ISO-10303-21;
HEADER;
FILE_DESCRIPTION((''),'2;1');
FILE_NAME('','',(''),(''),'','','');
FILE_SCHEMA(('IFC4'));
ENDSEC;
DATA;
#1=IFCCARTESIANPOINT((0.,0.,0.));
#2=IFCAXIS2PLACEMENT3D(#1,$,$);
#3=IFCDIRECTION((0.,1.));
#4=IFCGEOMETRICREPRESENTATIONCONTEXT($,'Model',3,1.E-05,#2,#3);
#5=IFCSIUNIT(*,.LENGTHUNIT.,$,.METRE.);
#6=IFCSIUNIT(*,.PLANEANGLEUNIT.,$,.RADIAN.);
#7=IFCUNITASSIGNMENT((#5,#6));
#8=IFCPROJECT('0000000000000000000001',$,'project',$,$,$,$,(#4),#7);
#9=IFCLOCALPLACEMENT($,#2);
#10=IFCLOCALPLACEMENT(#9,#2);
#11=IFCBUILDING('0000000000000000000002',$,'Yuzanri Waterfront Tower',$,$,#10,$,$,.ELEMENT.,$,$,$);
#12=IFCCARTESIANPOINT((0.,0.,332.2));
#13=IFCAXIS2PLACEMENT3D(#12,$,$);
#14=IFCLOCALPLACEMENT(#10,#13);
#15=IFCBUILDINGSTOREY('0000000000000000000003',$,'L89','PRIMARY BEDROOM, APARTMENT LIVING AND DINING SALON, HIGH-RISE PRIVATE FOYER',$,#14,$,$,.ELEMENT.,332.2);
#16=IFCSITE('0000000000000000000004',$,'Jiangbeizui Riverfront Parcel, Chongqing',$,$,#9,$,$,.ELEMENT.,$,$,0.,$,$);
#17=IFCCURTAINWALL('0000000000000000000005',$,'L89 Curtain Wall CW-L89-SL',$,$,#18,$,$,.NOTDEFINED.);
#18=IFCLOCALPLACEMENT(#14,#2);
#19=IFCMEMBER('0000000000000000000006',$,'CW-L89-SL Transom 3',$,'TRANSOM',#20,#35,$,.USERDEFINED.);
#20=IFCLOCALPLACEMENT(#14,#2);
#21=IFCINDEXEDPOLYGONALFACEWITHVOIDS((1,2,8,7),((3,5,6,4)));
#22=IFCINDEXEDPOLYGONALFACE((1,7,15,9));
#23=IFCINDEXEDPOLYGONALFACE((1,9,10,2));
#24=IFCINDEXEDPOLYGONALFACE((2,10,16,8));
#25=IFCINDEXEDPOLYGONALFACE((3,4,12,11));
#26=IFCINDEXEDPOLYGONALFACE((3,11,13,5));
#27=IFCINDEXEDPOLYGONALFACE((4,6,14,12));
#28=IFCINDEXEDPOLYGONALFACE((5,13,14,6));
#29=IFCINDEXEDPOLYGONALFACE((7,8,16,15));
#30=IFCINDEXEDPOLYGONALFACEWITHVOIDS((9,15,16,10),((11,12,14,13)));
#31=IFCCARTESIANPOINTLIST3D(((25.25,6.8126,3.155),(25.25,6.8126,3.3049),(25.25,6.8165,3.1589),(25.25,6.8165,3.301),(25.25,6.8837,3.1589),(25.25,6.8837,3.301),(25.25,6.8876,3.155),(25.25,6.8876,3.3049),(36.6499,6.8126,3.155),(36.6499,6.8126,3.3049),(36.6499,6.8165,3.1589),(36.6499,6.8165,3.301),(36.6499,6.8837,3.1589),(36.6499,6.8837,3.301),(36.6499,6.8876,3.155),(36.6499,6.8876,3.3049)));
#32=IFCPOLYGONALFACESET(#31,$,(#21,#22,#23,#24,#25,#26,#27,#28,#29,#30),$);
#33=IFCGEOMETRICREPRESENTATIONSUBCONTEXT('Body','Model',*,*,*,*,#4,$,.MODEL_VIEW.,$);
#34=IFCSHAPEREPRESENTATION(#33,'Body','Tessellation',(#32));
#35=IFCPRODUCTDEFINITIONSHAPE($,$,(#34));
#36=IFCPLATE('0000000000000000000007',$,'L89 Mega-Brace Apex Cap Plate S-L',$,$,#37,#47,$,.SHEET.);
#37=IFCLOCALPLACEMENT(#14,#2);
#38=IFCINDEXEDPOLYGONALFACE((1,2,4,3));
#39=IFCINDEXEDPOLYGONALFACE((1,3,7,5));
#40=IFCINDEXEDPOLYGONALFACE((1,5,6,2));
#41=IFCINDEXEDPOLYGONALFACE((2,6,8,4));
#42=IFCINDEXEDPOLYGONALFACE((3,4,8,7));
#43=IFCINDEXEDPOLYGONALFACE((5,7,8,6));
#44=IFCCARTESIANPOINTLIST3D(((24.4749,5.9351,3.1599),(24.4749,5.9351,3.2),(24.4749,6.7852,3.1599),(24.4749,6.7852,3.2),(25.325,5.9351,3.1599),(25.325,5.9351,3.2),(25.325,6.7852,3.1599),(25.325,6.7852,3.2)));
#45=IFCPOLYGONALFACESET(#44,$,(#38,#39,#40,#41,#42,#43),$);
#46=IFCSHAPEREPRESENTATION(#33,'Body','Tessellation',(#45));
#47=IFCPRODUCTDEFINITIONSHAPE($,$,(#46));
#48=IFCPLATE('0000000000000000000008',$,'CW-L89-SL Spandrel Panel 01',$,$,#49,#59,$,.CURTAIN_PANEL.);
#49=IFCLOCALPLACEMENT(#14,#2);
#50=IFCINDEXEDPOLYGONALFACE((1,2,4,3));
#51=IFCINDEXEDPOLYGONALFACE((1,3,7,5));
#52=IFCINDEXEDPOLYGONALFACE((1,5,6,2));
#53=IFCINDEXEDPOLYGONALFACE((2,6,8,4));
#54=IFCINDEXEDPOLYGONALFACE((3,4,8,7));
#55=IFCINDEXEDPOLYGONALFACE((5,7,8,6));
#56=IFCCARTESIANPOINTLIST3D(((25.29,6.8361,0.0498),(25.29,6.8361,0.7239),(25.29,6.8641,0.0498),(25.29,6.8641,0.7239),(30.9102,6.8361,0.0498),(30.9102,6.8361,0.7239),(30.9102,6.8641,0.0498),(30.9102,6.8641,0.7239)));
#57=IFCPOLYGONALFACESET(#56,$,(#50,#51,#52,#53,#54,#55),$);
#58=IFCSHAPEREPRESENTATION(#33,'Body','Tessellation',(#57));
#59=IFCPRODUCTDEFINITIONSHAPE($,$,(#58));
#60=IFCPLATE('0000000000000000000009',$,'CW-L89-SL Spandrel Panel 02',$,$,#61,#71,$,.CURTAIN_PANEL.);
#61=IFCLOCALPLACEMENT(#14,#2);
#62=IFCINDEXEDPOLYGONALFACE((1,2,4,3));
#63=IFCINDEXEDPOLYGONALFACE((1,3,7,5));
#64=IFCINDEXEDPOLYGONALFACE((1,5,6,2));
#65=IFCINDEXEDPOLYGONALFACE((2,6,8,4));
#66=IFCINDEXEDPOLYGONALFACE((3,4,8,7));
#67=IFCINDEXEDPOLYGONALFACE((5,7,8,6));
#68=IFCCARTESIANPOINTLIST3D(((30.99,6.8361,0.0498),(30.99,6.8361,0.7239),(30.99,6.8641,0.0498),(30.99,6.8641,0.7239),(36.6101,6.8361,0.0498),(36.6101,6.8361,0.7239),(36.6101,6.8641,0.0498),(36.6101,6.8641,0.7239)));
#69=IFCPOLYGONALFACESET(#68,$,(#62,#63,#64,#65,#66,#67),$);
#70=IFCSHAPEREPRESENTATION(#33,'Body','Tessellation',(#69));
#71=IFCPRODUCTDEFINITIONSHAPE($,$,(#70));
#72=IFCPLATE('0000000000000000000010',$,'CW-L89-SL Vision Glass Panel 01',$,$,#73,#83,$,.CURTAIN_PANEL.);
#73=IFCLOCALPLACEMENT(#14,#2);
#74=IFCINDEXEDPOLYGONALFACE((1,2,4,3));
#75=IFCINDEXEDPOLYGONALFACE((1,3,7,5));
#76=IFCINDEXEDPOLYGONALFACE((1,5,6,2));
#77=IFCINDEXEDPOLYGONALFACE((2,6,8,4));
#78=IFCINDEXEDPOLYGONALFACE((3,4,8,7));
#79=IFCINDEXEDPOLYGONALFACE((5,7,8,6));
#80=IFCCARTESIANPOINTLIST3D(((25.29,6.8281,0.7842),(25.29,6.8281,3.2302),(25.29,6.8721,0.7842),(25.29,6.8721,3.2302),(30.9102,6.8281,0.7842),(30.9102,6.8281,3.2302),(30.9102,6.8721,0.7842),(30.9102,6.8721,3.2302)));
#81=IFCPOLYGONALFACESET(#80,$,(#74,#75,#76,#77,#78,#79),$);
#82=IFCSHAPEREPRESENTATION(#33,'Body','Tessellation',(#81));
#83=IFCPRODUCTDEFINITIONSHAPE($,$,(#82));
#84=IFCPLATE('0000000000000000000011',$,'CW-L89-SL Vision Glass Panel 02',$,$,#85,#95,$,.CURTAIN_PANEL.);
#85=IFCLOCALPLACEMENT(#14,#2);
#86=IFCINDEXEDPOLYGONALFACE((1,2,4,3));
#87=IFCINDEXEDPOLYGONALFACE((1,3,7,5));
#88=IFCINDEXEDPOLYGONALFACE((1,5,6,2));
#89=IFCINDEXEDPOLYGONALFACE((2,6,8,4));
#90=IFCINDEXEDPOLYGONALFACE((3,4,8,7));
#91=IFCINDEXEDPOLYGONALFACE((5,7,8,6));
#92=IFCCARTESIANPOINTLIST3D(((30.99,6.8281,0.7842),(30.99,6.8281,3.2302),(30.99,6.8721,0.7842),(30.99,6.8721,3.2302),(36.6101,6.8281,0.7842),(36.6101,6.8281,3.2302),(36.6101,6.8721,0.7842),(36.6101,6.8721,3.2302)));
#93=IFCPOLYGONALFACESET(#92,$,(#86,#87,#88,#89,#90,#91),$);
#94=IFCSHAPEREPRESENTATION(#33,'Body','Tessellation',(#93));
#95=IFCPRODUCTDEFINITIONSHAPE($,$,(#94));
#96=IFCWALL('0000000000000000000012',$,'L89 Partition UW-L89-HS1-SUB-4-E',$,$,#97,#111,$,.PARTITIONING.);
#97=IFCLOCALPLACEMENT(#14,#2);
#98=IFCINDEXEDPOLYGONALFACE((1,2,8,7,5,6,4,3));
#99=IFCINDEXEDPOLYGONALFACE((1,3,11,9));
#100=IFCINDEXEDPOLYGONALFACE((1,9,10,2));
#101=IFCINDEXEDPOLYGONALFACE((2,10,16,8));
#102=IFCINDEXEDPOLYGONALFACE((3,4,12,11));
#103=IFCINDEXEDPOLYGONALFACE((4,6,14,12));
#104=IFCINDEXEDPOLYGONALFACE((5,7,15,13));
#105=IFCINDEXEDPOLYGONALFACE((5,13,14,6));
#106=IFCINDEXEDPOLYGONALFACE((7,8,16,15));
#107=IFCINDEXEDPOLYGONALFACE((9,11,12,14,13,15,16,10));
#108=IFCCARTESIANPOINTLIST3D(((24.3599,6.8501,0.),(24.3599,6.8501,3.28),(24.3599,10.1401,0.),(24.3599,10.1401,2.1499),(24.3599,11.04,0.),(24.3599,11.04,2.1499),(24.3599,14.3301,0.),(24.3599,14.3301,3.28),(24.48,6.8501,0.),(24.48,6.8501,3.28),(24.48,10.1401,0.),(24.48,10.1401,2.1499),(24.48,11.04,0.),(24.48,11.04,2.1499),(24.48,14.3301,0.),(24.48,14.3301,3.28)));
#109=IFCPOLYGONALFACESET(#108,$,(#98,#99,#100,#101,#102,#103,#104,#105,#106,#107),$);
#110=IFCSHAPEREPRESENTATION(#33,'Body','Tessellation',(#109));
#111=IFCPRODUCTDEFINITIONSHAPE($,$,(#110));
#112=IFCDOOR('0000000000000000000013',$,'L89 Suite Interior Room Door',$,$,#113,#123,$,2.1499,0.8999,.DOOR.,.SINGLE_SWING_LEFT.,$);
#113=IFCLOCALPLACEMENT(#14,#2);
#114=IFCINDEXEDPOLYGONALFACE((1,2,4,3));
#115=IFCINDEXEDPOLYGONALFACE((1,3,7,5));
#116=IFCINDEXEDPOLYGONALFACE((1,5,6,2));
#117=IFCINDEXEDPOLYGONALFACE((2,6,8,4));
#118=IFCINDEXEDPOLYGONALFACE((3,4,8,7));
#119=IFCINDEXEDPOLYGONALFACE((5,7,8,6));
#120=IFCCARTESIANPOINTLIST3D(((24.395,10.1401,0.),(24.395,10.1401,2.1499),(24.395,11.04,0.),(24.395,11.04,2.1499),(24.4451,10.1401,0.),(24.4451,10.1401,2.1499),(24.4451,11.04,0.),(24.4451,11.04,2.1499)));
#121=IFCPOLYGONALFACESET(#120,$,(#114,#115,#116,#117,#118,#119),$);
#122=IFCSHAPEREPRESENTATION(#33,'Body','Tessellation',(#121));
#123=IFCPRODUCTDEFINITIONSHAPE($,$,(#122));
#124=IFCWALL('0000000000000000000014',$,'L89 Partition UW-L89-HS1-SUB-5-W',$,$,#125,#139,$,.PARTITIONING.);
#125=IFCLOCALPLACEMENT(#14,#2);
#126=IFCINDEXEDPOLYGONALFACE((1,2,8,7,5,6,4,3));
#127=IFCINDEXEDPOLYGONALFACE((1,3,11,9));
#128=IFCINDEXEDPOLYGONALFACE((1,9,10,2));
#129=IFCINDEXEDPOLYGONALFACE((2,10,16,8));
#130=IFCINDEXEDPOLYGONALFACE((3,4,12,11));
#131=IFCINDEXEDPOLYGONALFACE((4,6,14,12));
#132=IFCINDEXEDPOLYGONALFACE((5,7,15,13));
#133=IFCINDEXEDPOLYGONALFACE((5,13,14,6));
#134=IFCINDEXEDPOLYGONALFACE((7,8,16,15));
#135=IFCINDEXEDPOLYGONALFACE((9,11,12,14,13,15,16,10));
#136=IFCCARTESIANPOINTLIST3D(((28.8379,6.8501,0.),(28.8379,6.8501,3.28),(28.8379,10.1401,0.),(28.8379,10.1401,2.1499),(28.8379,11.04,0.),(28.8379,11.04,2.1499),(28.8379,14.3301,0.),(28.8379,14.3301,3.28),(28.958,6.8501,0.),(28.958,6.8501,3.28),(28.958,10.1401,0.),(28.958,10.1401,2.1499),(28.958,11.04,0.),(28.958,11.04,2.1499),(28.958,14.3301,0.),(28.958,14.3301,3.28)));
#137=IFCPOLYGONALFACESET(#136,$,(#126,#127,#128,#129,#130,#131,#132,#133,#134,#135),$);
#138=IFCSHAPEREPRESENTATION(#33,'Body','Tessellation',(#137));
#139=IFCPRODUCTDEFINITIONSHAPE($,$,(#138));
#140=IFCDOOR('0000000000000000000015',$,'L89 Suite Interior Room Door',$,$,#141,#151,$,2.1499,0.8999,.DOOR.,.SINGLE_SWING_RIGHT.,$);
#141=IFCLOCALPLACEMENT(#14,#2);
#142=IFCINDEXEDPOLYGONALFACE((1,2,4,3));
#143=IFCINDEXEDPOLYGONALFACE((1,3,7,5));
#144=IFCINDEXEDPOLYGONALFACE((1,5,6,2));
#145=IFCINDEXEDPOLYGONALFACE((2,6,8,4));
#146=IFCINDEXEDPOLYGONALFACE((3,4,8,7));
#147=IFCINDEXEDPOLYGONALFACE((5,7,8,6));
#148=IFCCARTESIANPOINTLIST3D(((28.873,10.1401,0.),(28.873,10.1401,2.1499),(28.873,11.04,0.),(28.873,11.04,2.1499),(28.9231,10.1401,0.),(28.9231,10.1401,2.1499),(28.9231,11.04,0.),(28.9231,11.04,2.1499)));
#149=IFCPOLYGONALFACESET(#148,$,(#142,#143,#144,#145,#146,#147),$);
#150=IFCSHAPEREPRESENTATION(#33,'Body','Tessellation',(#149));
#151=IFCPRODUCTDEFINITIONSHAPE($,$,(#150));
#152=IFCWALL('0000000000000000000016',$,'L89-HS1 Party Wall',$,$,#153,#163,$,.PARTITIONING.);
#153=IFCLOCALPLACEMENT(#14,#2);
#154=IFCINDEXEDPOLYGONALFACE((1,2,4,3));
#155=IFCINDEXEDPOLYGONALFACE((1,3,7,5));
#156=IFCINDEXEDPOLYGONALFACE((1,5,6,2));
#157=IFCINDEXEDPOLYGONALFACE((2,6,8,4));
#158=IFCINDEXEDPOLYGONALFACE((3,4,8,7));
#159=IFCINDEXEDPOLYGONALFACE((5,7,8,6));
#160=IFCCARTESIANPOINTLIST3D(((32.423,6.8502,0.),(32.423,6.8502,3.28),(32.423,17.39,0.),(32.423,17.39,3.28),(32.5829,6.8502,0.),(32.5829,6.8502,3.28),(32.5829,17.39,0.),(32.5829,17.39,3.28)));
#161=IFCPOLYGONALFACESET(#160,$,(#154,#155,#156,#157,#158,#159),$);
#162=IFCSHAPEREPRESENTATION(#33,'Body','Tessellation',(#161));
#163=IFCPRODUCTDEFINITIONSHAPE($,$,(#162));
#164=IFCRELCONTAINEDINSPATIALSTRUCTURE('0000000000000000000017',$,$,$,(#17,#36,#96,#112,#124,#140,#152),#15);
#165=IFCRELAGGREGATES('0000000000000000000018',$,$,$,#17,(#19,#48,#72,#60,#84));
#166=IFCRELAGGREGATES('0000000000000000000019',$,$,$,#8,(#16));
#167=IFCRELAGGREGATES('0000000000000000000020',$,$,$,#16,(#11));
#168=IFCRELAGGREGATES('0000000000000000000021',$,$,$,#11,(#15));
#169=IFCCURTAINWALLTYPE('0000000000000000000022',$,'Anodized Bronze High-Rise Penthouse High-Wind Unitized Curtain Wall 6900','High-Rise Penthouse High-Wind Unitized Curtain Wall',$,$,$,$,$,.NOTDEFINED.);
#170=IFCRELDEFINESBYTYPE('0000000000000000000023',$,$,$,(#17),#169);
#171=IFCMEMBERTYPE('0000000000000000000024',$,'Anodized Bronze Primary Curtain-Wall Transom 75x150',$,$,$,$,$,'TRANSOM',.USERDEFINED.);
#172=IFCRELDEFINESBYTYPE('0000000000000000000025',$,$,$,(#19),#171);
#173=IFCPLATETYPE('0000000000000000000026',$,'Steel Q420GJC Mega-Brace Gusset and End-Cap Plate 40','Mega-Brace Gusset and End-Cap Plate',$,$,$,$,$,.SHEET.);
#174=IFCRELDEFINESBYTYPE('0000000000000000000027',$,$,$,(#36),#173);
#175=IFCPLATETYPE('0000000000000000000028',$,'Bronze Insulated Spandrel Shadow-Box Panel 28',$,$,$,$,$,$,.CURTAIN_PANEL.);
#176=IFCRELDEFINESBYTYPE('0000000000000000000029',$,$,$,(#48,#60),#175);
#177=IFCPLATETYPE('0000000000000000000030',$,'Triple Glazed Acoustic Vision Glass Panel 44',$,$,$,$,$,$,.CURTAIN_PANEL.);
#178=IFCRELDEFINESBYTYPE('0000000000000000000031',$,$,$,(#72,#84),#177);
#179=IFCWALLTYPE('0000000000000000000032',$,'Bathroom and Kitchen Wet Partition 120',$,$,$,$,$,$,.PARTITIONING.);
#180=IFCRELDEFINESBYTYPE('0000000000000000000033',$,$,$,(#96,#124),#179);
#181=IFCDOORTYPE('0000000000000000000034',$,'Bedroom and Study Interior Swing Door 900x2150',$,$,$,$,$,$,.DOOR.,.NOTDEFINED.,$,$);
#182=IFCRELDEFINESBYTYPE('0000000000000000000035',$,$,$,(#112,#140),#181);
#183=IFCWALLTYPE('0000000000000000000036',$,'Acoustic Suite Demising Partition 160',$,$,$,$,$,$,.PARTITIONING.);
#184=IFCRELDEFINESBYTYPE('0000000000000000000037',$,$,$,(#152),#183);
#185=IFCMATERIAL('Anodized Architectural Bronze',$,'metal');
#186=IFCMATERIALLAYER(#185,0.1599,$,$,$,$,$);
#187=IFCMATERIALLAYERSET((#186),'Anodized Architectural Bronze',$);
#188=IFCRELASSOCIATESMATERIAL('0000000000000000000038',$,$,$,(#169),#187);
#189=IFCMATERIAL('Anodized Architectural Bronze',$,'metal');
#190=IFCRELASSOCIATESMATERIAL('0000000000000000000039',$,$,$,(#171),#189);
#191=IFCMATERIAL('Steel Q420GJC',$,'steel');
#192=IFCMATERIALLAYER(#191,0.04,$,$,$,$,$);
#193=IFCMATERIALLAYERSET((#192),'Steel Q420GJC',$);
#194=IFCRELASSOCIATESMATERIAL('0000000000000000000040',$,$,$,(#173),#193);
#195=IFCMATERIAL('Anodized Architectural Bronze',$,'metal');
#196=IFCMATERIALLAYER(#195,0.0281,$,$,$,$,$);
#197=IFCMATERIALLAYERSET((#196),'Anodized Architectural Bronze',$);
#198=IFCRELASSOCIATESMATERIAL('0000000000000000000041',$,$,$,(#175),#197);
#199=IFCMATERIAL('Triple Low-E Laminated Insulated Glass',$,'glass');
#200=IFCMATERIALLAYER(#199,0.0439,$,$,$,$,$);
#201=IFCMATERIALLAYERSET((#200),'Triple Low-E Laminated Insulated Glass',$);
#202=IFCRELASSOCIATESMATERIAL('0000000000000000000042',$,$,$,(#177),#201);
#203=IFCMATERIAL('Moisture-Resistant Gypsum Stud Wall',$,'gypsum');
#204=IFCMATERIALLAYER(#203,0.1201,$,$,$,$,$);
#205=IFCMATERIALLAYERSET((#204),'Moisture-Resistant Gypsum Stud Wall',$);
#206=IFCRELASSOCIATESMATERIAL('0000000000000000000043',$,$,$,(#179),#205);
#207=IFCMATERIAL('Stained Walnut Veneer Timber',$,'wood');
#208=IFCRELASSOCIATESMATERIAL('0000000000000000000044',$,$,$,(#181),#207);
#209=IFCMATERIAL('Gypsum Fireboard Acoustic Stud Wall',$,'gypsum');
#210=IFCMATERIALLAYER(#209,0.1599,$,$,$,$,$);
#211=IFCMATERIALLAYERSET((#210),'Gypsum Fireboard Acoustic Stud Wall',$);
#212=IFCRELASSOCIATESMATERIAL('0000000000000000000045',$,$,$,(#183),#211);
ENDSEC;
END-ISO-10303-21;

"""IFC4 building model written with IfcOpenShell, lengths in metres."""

from ifc_helpers import new_model, si_unit, direction, frame, frame_2d, origin, origin_2d, place, context, subcontext, project, spatial, rectangle, hollow_rectangle, extrude, source, transform, mapped, material, layer, layer_set, material_profile, profile_set, type_object, element, fill, aggregate, save


model = new_model("IFC4")

# Units and contexts
model_context = context("Model", 3, precision=1e-05, world=origin(), true_north=direction((0.0, 1.0)))
body_context = subcontext(model_context, "Body", "Model", "MODEL_VIEW")
ifc_project = project(units=[si_unit("LENGTHUNIT", "METRE"), si_unit("PLANEANGLEUNIT", "RADIAN")], contexts=[model_context])

# Site, building, storey
site_placement = place(None, origin())
site = spatial("IfcSite", under=ifc_project, at=site_placement, Name="Jiangbeizui Riverfront Parcel, Chongqing", CompositionType="ELEMENT", RefElevation=0.0)
building_placement = place(site_placement, origin())
building = spatial("IfcBuilding", under=site, at=building_placement, Name="Yuzanri Waterfront Tower", CompositionType="ELEMENT")
storey_placement = place(building_placement, frame((0.0, 0.0, 332.2)))
storey = spatial("IfcBuildingStorey", under=building, at=storey_placement, Name="L89", Description="PRIMARY BEDROOM, APARTMENT LIVING AND DINING SALON, HIGH-RISE PRIVATE FOYER", CompositionType="ELEMENT", Elevation=332.2)

# Curtain wall, member
ifc_material_1 = material(Name="Anodized Architectural Bronze", Category="metal")
ifc_layer_1 = layer(ifc_material_1, 0.1599)
ifc_layer_set_1 = layer_set([ifc_layer_1], Name="Anodized Architectural Bronze")
curtain_wall_type = type_object("IfcCurtainWallType", Name="Anodized Bronze High-Rise Penthouse High-Wind Unitized Curtain Wall 6900", Description="High-Rise Penthouse High-Wind Unitized Curtain Wall", PredefinedType="NOTDEFINED", material=ifc_layer_set_1)
curtain_wall_placement = place(storey_placement, origin())
curtain_wall = element("IfcCurtainWall", 1, at=curtain_wall_placement, inside=storey, type_object=curtain_wall_type, Name="L89 Curtain Wall CW-L89-SL", PredefinedType="NOTDEFINED")
ifc_material_2 = material(Name="Anodized Architectural Bronze", Category="metal")
ifc_material_profile_1 = material_profile(ifc_material_2, hollow_rectangle(XDim=0.075, YDim=0.1499, WallThickness=0.0039, at=origin_2d()), Name="CWT 75x150")
ifc_profile_set_1 = profile_set([ifc_material_profile_1], Name="Anodized Architectural Bronze")
member_type_1 = type_object("IfcMemberType", Name="Anodized Bronze Primary Curtain-Wall Transom 75x150", ElementType="TRANSOM", PredefinedType="USERDEFINED", material=ifc_profile_set_1)
shared_shape_1 = source(origin(), body_context, "Body", "SweptSolid", [
    extrude(hollow_rectangle(XDim=0.075, YDim=0.1499, WallThickness=0.0039, at=origin_2d()), origin(), (0.0, 0.0, 1.0), 11.3999),
])
member_1_placement = place(storey_placement, frame((25.25, 6.8501, 3.23), z_axis=(1.0, 0.0, 0.0), x_axis=(0.0, 1.0, 0.0)))
member_1 = element("IfcMember", 2, at=member_1_placement, type_object=member_type_1, Name="CW-L89-SL Transom 3", ObjectType="TRANSOM", PredefinedType="USERDEFINED", context=body_context, shape_type="MappedRepresentation", body=[
    mapped(shared_shape_1, transform((0.0, 0.0, 0.0), scale=1.0)),
])

# Plates
ifc_material_3 = material(Name="Steel Q420GJC", Category="steel")
ifc_layer_2 = layer(ifc_material_3, 0.04)
ifc_layer_set_2 = layer_set([ifc_layer_2], Name="Steel Q420GJC")
plate_type_1 = type_object("IfcPlateType", Name="Steel Q420GJC Mega-Brace Gusset and End-Cap Plate 40", Description="Mega-Brace Gusset and End-Cap Plate", PredefinedType="SHEET", material=ifc_layer_set_2)
shared_shape_2 = source(origin(), body_context, "Body", "SweptSolid", [
    extrude(rectangle(XDim=0.8501, YDim=0.8501, at=origin_2d()), origin(), (0.0, 0.0, 1.0), 0.04),
])
plate_1_placement = place(storey_placement, frame((24.8999, 6.3601, 3.1599), z_axis=(0.0, 0.0, 1.0), x_axis=(1.0, 0.0, 0.0)))
element("IfcPlate", 3, at=plate_1_placement, inside=storey, type_object=plate_type_1, Name="L89 Mega-Brace Apex Cap Plate S-L", PredefinedType="SHEET", context=body_context, shape_type="MappedRepresentation", body=[
    mapped(shared_shape_2, transform((0.0, 0.0, 0.0), scale=1.0)),
])
ifc_material_4 = material(Name="Anodized Architectural Bronze", Category="metal")
ifc_layer_3 = layer(ifc_material_4, 0.0281)
ifc_layer_set_3 = layer_set([ifc_layer_3], Name="Anodized Architectural Bronze")
plate_type_2 = type_object("IfcPlateType", Name="Bronze Insulated Spandrel Shadow-Box Panel 28", PredefinedType="CURTAIN_PANEL", material=ifc_layer_set_3)
shared_shape_3 = source(origin(), body_context, "Body", "SweptSolid", [
    extrude(rectangle(XDim=5.6201, YDim=0.0281, at=origin_2d()), origin(), (0.0, 0.0, 1.0), 0.6741),
])
plate_2_placement = place(storey_placement, frame((28.1001, 6.8501, 0.0498), z_axis=(0.0, 0.0, 1.0), x_axis=(1.0, 0.0, 0.0)))
plate_2 = element("IfcPlate", 4, at=plate_2_placement, type_object=plate_type_2, Name="CW-L89-SL Spandrel Panel 01", PredefinedType="CURTAIN_PANEL", context=body_context, shape_type="MappedRepresentation", body=[
    mapped(shared_shape_3, transform((0.0, 0.0, 0.0), scale=1.0)),
])
plate_3_placement = place(storey_placement, frame((33.8, 6.8501, 0.0498), z_axis=(0.0, 0.0, 1.0), x_axis=(1.0, 0.0, 0.0)))
plate_3 = element("IfcPlate", 5, at=plate_3_placement, type_object=plate_type_2, Name="CW-L89-SL Spandrel Panel 02", PredefinedType="CURTAIN_PANEL", context=body_context, shape_type="MappedRepresentation", body=[
    mapped(shared_shape_3, transform((0.0, 0.0, 0.0), scale=1.0)),
])
ifc_material_5 = material(Name="Triple Low-E Laminated Insulated Glass", Category="glass")
ifc_layer_4 = layer(ifc_material_5, 0.0439)
ifc_layer_set_4 = layer_set([ifc_layer_4], Name="Triple Low-E Laminated Insulated Glass")
plate_type_3 = type_object("IfcPlateType", Name="Triple Glazed Acoustic Vision Glass Panel 44", PredefinedType="CURTAIN_PANEL", material=ifc_layer_set_4)
shared_shape_4 = source(origin(), body_context, "Body", "SweptSolid", [
    extrude(rectangle(XDim=5.6201, YDim=0.0439, at=origin_2d()), origin(), (0.0, 0.0, 1.0), 2.446),
])
plate_4_placement = place(storey_placement, frame((28.1001, 6.8501, 0.7842), z_axis=(0.0, 0.0, 1.0), x_axis=(1.0, 0.0, 0.0)))
plate_4 = element("IfcPlate", 6, at=plate_4_placement, type_object=plate_type_3, Name="CW-L89-SL Vision Glass Panel 01", PredefinedType="CURTAIN_PANEL", context=body_context, shape_type="MappedRepresentation", body=[
    mapped(shared_shape_4, transform((0.0, 0.0, 0.0), scale=1.0)),
])
plate_5_placement = place(storey_placement, frame((33.8, 6.8501, 0.7842), z_axis=(0.0, 0.0, 1.0), x_axis=(1.0, 0.0, 0.0)))
plate_5 = element("IfcPlate", 7, at=plate_5_placement, type_object=plate_type_3, Name="CW-L89-SL Vision Glass Panel 02", PredefinedType="CURTAIN_PANEL", context=body_context, shape_type="MappedRepresentation", body=[
    mapped(shared_shape_4, transform((0.0, 0.0, 0.0), scale=1.0)),
])
aggregate(curtain_wall, [member_1, plate_2, plate_4, plate_3, plate_5])

# Walls, openings, doors
ifc_material_6 = material(Name="Moisture-Resistant Gypsum Stud Wall", Category="gypsum")
ifc_layer_5 = layer(ifc_material_6, 0.1201)
ifc_layer_set_5 = layer_set([ifc_layer_5], Name="Moisture-Resistant Gypsum Stud Wall")
wall_type_1 = type_object("IfcWallType", Name="Bathroom and Kitchen Wet Partition 120", PredefinedType="PARTITIONING", material=ifc_layer_set_5)
wall_1_placement = place(storey_placement, frame((24.4199, 6.8501, 0.0), z_axis=(0.0, 0.0, 1.0), x_axis=(0.0, 1.0, 0.0)))
wall_1 = element("IfcWall", 8, at=wall_1_placement, inside=storey, type_object=wall_type_1, Name="L89 Partition UW-L89-HS1-SUB-4-E", PredefinedType="PARTITIONING", context=body_context, shape_type="SweptSolid", body=[
    extrude(rectangle(XDim=7.48, YDim=0.1201, at=frame_2d((3.74, 0.0))), origin(), (0.0, 0.0, 1.0), 3.28),
])
opening_1_placement = place(wall_1_placement, frame((3.29, 0.0, 0.0)))
opening_1 = element("IfcOpeningElement", 9, at=opening_1_placement, cuts=wall_1, PredefinedType="OPENING", context=body_context, shape_type="SweptSolid", body=[
    extrude(rectangle(XDim=0.8999, YDim=2.1499, at=frame_2d((0.45, 1.075))), frame((0.0, 0.075, 0.0), z_axis=(0.0, -1.0, 0.0), x_axis=(1.0, 0.0, 0.0)), (0.0, 0.0, 1.0), 0.1499),
])
ifc_material_7 = material(Name="Stained Walnut Veneer Timber", Category="wood")
door_type = type_object("IfcDoorType", Name="Bedroom and Study Interior Swing Door 900x2150", OperationType="NOTDEFINED", PredefinedType="DOOR", material=ifc_material_7)
shared_shape_5 = source(origin(), body_context, "Body", "SweptSolid", [
    extrude(rectangle(XDim=0.8999, YDim=2.1499, at=frame_2d((0.45, 1.075))), frame((0.0, 0.0249, 0.0), z_axis=(0.0, -1.0, 0.0), x_axis=(1.0, 0.0, 0.0)), (0.0, 0.0, 1.0), 0.05),
])
door_1_placement = place(opening_1_placement, origin())
door_1 = element("IfcDoor", 10, at=door_1_placement, inside=storey, type_object=door_type, Name="L89 Suite Interior Room Door", OperationType="SINGLE_SWING_LEFT", OverallHeight=2.1499, OverallWidth=0.8999, PredefinedType="DOOR", context=body_context, shape_type="MappedRepresentation", body=[
    mapped(shared_shape_5, transform((0.0, 0.0, 0.0), scale=1.0)),
])
fill(opening_1, door_1)
wall_2_placement = place(storey_placement, frame((28.8979, 6.8501, 0.0), z_axis=(0.0, 0.0, 1.0), x_axis=(0.0, 1.0, 0.0)))
wall_2 = element("IfcWall", 11, at=wall_2_placement, inside=storey, type_object=wall_type_1, Name="L89 Partition UW-L89-HS1-SUB-5-W", PredefinedType="PARTITIONING", context=body_context, shape_type="SweptSolid", body=[
    extrude(rectangle(XDim=7.48, YDim=0.1201, at=frame_2d((3.74, 0.0))), origin(), (0.0, 0.0, 1.0), 3.28),
])
opening_2_placement = place(wall_2_placement, frame((3.29, 0.0, 0.0)))
opening_2 = element("IfcOpeningElement", 12, at=opening_2_placement, cuts=wall_2, PredefinedType="OPENING", context=body_context, shape_type="SweptSolid", body=[
    extrude(rectangle(XDim=0.8999, YDim=2.1499, at=frame_2d((0.45, 1.075))), frame((0.0, 0.075, 0.0), z_axis=(0.0, -1.0, 0.0), x_axis=(1.0, 0.0, 0.0)), (0.0, 0.0, 1.0), 0.1499),
])
door_2_placement = place(opening_2_placement, origin())
door_2 = element("IfcDoor", 13, at=door_2_placement, inside=storey, type_object=door_type, Name="L89 Suite Interior Room Door", OperationType="SINGLE_SWING_RIGHT", OverallHeight=2.1499, OverallWidth=0.8999, PredefinedType="DOOR", context=body_context, shape_type="MappedRepresentation", body=[
    mapped(shared_shape_5, transform((0.0, 0.0, 0.0), scale=1.0)),
])
fill(opening_2, door_2)

# Wall
ifc_material_8 = material(Name="Gypsum Fireboard Acoustic Stud Wall", Category="gypsum")
ifc_layer_6 = layer(ifc_material_8, 0.1599)
ifc_layer_set_6 = layer_set([ifc_layer_6], Name="Gypsum Fireboard Acoustic Stud Wall")
wall_type_2 = type_object("IfcWallType", Name="Acoustic Suite Demising Partition 160", PredefinedType="PARTITIONING", material=ifc_layer_set_6)
shared_shape_6 = source(origin(), body_context, "Body", "SweptSolid", [
    extrude(rectangle(XDim=10.5398, YDim=0.1599, at=frame_2d((5.27, 0.0))), origin(), (0.0, 0.0, 1.0), 3.28),
])
wall_3_placement = place(storey_placement, frame((32.5029, 6.8501, 0.0), z_axis=(0.0, 0.0, 1.0), x_axis=(0.0, 1.0, 0.0)))
element("IfcWall", 14, at=wall_3_placement, inside=storey, type_object=wall_type_2, Name="L89-HS1 Party Wall", PredefinedType="PARTITIONING", context=body_context, shape_type="MappedRepresentation", body=[
    mapped(shared_shape_6, transform((0.0, 0.0, 0.0), scale=1.0)),
])

save(model, "model.ifc")
